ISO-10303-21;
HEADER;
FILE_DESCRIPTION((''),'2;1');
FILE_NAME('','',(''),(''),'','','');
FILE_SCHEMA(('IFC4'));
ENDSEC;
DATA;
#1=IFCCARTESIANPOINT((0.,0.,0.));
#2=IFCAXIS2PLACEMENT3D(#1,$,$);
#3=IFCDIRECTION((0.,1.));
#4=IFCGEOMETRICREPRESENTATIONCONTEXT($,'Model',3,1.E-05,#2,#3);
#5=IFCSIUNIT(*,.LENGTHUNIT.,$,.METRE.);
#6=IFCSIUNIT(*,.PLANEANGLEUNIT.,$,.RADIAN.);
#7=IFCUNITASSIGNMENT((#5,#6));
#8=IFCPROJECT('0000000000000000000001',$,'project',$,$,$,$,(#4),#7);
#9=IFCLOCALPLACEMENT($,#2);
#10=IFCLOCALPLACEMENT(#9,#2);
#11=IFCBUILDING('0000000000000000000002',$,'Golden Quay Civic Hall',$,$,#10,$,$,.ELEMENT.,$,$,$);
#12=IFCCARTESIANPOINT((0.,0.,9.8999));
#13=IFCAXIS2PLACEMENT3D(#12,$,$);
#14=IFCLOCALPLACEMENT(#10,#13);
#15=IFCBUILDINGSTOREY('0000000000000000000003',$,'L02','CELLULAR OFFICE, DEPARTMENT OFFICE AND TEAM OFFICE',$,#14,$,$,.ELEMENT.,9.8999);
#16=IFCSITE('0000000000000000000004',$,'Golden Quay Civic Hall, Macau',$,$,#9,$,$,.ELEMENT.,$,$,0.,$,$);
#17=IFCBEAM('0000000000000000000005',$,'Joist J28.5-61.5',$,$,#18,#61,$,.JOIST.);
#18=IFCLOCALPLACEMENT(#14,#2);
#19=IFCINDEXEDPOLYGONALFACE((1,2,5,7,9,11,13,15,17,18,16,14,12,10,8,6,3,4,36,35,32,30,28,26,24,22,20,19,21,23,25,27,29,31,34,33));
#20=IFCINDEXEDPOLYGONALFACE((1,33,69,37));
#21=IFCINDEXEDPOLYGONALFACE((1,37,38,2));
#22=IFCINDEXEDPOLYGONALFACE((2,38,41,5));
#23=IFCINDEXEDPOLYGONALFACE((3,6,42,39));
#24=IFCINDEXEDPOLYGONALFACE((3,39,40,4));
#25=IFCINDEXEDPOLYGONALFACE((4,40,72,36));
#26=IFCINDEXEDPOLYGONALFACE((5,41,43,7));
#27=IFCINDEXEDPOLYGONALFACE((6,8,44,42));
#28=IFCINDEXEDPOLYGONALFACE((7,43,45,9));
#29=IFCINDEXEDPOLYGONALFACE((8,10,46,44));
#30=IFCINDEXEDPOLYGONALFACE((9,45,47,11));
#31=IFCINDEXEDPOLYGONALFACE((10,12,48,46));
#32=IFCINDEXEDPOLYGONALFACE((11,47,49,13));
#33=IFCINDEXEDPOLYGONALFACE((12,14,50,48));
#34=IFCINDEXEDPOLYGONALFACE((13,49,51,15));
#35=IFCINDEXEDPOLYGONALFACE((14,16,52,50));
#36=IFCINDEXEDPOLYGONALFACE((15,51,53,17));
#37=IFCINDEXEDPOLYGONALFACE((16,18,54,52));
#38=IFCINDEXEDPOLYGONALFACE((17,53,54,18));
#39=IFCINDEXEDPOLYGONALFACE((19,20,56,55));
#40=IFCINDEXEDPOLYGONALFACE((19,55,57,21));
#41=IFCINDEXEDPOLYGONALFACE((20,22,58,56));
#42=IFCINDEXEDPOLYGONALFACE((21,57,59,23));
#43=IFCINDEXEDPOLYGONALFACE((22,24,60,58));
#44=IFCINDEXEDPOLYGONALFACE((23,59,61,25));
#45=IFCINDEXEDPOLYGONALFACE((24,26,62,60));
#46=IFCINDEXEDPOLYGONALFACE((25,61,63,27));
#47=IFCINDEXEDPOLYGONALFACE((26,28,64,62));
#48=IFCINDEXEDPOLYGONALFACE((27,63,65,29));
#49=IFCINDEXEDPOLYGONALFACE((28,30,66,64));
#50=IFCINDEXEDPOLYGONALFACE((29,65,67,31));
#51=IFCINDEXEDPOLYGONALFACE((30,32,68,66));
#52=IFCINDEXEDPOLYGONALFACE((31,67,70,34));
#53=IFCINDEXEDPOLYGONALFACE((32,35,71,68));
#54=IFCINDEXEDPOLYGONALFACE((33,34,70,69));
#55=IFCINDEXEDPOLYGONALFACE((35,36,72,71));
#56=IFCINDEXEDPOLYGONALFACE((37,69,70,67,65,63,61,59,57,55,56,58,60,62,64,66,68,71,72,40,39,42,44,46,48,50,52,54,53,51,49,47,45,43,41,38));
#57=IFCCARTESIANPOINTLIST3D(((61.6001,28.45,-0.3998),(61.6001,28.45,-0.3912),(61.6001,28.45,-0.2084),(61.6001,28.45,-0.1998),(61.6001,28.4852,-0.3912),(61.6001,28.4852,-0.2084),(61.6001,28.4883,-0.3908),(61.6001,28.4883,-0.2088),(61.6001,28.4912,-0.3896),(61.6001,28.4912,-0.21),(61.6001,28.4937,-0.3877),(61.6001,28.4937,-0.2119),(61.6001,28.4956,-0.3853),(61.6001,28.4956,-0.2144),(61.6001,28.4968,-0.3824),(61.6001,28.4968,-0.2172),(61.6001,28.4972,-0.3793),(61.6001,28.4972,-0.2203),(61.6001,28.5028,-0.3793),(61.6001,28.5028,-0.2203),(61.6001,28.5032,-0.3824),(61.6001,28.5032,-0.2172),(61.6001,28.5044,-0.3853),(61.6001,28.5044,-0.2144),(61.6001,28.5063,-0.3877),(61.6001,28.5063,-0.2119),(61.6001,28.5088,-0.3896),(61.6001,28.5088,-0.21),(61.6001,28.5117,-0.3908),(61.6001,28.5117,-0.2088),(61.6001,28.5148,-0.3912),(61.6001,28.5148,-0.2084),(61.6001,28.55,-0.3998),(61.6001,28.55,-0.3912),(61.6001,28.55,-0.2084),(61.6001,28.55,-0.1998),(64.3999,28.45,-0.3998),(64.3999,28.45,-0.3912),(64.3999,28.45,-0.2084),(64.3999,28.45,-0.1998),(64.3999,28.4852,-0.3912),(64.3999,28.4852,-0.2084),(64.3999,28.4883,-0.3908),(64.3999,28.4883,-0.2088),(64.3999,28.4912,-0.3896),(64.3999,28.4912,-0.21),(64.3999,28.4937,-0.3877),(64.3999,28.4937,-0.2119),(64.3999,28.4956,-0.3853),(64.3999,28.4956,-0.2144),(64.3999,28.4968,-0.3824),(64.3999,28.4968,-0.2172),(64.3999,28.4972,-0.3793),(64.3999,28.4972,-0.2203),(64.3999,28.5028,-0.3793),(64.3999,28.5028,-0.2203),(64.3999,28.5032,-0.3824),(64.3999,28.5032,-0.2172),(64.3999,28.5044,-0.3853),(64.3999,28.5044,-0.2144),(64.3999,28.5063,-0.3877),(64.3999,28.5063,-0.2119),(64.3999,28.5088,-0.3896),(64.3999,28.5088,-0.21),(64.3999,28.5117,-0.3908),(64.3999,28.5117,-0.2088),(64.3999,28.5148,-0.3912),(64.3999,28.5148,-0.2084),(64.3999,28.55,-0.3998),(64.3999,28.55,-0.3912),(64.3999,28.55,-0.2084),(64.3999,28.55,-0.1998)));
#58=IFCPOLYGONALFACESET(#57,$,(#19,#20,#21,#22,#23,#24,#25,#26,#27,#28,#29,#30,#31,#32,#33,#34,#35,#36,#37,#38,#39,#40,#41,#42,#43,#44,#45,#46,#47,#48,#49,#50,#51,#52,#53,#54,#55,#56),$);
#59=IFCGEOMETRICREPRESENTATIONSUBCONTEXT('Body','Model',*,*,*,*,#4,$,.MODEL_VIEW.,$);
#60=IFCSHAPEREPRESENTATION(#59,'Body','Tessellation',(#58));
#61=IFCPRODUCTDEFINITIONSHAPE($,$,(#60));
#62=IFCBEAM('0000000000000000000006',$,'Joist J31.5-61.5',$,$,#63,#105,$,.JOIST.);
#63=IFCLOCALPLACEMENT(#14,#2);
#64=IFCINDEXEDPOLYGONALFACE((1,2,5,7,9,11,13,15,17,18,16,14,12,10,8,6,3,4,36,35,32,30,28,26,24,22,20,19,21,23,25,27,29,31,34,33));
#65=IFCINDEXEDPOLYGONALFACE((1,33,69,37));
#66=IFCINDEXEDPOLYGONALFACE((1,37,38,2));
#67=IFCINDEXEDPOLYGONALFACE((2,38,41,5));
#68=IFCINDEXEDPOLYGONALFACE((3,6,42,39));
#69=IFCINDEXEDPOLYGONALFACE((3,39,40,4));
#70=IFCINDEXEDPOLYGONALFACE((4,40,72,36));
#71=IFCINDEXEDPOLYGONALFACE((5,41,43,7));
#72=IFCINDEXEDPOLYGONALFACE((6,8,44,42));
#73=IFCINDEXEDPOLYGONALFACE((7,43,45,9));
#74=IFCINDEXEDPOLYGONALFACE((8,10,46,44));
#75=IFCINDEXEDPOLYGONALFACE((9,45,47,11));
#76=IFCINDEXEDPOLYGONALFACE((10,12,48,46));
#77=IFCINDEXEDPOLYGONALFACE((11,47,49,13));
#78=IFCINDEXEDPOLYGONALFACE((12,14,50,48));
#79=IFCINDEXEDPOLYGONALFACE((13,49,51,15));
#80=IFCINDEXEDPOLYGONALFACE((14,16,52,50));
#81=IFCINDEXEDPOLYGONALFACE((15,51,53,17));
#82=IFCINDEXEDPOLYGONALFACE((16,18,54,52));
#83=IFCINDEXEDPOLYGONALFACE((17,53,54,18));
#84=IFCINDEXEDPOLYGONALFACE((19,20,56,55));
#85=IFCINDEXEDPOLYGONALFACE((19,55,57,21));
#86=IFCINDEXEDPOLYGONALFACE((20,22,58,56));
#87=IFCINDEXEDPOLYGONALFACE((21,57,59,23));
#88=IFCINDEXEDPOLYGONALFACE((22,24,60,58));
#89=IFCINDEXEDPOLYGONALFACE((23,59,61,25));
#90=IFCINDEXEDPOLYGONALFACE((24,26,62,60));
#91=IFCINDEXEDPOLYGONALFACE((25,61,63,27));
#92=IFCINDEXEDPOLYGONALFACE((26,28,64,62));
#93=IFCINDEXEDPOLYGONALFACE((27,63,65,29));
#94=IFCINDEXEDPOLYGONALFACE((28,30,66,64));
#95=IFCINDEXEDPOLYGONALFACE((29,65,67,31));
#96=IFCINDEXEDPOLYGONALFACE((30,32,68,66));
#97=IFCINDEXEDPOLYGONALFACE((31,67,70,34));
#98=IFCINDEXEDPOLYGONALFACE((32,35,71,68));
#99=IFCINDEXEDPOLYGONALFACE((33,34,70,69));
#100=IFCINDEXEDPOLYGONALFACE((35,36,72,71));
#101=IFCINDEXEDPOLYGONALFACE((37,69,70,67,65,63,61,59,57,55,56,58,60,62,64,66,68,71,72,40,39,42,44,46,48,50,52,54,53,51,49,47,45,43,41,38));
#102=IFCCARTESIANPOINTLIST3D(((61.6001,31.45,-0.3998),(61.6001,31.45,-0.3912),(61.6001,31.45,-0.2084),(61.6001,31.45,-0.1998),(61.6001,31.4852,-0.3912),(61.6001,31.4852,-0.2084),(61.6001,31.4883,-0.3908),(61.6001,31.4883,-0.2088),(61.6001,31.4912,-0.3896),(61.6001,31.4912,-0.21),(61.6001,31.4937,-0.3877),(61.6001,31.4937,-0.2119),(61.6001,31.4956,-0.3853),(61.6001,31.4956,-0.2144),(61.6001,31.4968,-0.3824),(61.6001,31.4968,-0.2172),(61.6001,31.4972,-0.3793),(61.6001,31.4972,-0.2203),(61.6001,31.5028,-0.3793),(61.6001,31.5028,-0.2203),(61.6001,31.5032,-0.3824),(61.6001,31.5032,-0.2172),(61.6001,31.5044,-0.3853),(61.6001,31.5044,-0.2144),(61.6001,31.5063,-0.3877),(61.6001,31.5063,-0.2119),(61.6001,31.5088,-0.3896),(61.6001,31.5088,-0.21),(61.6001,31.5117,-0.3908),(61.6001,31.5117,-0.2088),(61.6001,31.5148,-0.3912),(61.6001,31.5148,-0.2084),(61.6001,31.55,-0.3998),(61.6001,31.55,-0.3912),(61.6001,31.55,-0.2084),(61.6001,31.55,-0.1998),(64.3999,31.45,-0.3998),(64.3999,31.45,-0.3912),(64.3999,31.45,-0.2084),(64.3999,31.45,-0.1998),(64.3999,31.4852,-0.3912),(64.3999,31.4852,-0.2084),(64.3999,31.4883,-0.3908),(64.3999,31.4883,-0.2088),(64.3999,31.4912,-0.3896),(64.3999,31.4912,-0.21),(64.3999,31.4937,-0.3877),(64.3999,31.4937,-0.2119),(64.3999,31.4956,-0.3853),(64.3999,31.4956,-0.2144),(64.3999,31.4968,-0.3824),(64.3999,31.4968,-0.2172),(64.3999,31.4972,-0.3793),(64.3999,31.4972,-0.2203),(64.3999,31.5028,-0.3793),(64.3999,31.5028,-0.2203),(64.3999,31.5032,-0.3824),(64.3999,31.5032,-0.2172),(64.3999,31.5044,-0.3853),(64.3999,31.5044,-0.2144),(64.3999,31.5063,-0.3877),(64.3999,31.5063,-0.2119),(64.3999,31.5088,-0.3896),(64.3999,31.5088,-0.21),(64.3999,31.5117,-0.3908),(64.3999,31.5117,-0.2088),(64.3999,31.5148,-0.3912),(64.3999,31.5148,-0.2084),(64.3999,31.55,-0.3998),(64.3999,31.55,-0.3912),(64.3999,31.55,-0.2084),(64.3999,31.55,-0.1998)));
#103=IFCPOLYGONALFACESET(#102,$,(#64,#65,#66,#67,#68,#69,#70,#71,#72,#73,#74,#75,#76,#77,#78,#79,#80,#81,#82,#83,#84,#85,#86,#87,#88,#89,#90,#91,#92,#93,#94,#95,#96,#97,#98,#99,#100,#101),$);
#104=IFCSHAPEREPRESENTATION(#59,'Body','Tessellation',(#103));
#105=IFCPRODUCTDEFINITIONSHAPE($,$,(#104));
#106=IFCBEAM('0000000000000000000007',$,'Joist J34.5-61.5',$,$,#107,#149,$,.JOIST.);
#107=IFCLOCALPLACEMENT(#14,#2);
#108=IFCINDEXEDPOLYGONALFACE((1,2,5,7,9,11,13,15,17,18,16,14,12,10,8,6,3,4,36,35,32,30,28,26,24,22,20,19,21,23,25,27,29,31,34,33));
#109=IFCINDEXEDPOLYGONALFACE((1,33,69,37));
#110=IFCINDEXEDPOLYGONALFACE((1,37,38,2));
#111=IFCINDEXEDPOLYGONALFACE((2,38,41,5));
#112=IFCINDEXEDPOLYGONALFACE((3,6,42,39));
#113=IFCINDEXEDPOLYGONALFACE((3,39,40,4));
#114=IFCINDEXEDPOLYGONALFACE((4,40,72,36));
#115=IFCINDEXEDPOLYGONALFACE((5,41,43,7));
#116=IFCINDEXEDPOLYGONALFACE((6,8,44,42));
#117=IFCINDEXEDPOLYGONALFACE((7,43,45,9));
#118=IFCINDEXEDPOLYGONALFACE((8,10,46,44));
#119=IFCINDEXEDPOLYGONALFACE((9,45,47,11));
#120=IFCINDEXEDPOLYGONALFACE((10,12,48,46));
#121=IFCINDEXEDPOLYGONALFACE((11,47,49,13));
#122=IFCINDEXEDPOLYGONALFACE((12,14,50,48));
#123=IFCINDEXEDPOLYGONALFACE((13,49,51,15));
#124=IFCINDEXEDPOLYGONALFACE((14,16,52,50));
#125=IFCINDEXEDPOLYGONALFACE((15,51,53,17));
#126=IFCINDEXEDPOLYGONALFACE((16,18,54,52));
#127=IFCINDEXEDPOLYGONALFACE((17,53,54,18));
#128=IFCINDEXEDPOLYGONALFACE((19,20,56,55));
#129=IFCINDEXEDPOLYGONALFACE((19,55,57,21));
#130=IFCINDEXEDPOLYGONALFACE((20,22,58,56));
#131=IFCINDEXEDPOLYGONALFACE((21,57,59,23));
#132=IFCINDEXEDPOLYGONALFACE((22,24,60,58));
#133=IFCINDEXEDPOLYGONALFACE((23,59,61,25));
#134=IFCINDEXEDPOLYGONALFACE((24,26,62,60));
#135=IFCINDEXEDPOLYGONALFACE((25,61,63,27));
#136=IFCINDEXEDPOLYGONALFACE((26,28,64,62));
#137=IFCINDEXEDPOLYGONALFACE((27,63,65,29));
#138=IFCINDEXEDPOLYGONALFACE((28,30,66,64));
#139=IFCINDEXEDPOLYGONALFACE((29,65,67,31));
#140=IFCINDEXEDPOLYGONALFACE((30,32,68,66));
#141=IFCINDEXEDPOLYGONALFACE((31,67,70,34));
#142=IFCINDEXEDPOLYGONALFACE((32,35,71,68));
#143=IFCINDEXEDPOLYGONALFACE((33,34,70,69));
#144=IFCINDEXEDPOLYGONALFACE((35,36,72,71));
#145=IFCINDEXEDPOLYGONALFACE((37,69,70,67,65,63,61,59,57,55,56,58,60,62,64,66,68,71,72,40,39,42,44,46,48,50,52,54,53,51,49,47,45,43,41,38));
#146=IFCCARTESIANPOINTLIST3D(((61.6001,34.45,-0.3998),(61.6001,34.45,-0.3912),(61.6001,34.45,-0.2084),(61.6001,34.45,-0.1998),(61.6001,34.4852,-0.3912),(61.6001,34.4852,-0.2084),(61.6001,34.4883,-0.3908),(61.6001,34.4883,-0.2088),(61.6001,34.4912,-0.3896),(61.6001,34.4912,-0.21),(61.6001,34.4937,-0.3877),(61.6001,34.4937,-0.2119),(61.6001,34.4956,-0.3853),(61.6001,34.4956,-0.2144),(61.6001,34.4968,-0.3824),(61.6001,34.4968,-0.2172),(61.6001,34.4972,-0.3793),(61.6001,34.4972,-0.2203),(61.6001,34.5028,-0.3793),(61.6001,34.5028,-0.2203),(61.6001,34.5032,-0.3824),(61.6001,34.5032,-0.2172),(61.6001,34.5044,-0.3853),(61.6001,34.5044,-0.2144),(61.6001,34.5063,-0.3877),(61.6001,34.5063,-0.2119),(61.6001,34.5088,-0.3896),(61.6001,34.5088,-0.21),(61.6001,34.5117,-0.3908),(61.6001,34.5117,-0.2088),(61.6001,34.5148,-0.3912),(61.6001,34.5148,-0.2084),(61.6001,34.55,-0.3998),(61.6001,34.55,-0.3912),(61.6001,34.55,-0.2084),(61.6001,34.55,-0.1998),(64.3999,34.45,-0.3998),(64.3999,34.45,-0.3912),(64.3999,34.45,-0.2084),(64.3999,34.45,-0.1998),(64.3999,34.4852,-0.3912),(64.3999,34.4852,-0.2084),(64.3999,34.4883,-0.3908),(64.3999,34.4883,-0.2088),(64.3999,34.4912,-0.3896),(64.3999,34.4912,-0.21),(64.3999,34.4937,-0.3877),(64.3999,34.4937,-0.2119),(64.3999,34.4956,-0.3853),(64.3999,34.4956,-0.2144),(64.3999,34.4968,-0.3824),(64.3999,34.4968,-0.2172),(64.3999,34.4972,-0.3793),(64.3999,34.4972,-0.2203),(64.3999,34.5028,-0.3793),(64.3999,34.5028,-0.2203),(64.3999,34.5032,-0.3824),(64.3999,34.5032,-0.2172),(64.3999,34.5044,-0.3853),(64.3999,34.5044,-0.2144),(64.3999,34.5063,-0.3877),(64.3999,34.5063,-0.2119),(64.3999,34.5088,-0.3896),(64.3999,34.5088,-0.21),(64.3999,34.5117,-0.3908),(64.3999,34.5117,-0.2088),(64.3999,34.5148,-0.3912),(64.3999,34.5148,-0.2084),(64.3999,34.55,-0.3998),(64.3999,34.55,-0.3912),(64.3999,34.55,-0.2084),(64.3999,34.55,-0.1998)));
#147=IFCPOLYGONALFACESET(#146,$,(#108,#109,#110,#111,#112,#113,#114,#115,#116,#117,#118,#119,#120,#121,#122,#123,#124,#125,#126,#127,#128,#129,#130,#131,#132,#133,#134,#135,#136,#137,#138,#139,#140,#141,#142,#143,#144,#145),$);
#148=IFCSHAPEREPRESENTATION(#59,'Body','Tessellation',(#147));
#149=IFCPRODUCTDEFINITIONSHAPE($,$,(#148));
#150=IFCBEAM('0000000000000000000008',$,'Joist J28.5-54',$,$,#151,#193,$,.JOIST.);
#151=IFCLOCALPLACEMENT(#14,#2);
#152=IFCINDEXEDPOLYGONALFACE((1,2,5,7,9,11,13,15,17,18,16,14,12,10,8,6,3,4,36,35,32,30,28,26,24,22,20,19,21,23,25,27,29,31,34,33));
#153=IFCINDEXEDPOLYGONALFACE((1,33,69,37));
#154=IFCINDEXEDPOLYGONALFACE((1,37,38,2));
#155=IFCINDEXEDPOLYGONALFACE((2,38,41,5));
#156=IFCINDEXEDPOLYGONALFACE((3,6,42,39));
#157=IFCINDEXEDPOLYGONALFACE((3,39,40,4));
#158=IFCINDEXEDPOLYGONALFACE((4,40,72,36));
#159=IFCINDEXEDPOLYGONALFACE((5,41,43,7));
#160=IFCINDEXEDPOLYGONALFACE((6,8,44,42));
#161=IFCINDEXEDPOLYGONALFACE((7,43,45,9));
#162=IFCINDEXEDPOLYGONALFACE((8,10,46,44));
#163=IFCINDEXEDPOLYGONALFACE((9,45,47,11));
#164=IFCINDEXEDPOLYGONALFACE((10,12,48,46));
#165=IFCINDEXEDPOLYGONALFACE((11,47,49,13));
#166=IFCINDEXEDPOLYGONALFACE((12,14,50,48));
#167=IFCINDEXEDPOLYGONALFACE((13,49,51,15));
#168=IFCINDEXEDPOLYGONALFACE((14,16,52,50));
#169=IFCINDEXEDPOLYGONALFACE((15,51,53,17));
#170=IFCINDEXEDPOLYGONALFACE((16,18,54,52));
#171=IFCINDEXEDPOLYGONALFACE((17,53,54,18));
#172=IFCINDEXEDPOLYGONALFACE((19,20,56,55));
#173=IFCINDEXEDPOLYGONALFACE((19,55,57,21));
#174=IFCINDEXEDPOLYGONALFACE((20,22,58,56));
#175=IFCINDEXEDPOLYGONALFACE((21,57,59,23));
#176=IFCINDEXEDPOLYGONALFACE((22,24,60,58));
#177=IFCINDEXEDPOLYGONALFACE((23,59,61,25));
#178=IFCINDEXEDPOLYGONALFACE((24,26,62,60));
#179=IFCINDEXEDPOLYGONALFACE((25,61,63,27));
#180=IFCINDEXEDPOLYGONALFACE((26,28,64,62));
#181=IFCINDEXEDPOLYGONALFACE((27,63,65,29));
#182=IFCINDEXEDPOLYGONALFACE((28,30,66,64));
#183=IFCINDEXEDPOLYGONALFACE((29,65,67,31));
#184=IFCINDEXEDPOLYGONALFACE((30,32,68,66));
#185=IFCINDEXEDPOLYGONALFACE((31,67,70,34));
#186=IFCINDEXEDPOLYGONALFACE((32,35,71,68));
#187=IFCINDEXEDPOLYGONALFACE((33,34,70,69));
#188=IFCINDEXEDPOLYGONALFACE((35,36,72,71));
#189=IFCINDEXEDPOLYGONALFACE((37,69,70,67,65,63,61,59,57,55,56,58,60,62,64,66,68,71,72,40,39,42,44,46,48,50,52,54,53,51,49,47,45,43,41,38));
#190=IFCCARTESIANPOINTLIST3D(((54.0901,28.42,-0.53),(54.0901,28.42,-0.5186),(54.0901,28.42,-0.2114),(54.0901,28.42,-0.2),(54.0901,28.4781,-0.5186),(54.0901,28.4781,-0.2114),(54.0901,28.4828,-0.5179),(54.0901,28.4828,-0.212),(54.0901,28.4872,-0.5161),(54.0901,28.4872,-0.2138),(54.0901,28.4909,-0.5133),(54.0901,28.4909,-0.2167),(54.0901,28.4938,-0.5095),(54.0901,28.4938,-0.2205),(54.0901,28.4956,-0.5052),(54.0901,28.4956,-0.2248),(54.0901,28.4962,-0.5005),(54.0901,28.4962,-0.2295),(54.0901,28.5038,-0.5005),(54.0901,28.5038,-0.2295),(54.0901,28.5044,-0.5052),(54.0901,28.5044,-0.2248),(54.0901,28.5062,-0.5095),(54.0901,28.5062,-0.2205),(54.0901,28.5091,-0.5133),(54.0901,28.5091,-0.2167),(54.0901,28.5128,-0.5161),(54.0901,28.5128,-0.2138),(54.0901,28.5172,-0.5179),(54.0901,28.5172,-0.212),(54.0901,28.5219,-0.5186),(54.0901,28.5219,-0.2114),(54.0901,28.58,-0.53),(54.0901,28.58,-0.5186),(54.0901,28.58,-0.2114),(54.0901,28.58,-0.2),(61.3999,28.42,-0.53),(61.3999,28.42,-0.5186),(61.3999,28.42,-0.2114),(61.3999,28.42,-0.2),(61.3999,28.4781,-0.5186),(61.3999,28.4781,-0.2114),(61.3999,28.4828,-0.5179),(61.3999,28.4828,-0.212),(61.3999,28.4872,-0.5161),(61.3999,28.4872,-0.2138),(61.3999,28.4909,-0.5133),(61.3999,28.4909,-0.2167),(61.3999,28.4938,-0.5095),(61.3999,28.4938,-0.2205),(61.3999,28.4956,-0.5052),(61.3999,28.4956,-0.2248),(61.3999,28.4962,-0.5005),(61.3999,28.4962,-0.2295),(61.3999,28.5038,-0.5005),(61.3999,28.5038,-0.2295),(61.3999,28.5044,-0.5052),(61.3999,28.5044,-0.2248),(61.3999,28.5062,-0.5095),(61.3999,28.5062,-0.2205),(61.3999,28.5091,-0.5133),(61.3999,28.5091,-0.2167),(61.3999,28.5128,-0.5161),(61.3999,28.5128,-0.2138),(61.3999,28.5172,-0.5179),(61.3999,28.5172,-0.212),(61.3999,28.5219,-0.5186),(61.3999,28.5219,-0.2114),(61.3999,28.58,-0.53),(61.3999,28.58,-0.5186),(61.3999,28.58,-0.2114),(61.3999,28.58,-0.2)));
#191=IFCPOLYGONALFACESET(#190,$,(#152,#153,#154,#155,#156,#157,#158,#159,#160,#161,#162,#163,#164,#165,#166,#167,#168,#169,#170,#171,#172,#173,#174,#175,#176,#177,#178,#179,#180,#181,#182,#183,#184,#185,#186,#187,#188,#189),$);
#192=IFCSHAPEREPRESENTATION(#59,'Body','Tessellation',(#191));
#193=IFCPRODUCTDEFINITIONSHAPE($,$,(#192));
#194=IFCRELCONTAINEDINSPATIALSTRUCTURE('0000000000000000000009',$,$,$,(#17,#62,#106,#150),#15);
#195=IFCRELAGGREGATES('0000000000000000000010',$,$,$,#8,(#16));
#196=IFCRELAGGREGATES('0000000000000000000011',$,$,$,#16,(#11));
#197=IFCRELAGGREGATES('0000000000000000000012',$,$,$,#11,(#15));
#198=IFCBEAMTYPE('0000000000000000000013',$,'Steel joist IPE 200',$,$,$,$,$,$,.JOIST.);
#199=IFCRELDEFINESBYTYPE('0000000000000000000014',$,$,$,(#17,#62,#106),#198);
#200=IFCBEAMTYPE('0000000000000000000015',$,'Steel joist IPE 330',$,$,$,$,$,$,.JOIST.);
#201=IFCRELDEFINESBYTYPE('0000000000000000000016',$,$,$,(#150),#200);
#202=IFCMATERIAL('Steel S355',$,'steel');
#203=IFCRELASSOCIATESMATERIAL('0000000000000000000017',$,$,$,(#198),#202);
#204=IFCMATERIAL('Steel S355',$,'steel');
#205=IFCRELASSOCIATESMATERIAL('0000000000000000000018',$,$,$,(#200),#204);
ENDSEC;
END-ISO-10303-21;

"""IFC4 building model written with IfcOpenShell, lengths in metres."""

from ifc_helpers import new_model, si_unit, direction, frame, origin, origin_2d, place, context, subcontext, project, spatial, i_section, extrude, material, material_profile, profile_set, type_object, element, save


model = new_model("IFC4")

# Units and contexts
model_context = context("Model", 3, precision=1e-05, world=origin(), true_north=direction((0.0, 1.0)))
body_context = subcontext(model_context, "Body", "Model", "MODEL_VIEW")
ifc_project = project(units=[si_unit("LENGTHUNIT", "METRE"), si_unit("PLANEANGLEUNIT", "RADIAN")], contexts=[model_context])

# Site, building, storey
site_placement = place(None, origin())
site = spatial("IfcSite", under=ifc_project, at=site_placement, Name="Golden Quay Civic Hall, Macau", CompositionType="ELEMENT", RefElevation=0.0)
building_placement = place(site_placement, origin())
building = spatial("IfcBuilding", under=site, at=building_placement, Name="Golden Quay Civic Hall", CompositionType="ELEMENT")
storey_placement = place(building_placement, frame((0.0, 0.0, 9.8999)))
storey = spatial("IfcBuildingStorey", under=building, at=storey_placement, Name="L02", Description="CELLULAR OFFICE, DEPARTMENT OFFICE AND TEAM OFFICE", CompositionType="ELEMENT", Elevation=9.8999)

# Beams
ifc_material_1 = material(Name="Steel S355", Category="steel")
ifc_material_profile_1 = material_profile(ifc_material_1, i_section(OverallWidth=0.1001, OverallDepth=0.2, WebThickness=0.0056, FlangeThickness=0.0085, FilletRadius=0.012, at=origin_2d()), Name="IPE 200")
ifc_profile_set_1 = profile_set([ifc_material_profile_1], Name="Steel S355")
beam_type_1 = type_object("IfcBeamType", Name="Steel joist IPE 200", PredefinedType="JOIST", material=ifc_profile_set_1)
for number, where, z_axis, x_axis, name in (
    (1, (61.6001, 28.5, -0.2998), (1.0, 0.0, 0.0), (0.0, 1.0, 0.0), "Joist J28.5-61.5"),
    (2, (61.6001, 31.5, -0.2998), (1.0, 0.0, 0.0), (0.0, 1.0, 0.0), "Joist J31.5-61.5"),
    (3, (61.6001, 34.5, -0.2998), (1.0, 0.0, 0.0), (0.0, 1.0, 0.0), "Joist J34.5-61.5"),
):
    element("IfcBeam", number, at=place(storey_placement, frame(where, z_axis=z_axis, x_axis=x_axis)), inside=storey, type_object=beam_type_1, Name=name, PredefinedType="JOIST", context=body_context, shape_type="SweptSolid", body=[
        extrude(i_section(OverallWidth=0.1001, OverallDepth=0.2, WebThickness=0.0056, FlangeThickness=0.0085, FilletRadius=0.012, at=origin_2d()), origin(), (0.0, 0.0, 1.0), 2.7998),
    ])
ifc_material_2 = material(Name="Steel S355", Category="steel")
ifc_material_profile_2 = material_profile(ifc_material_2, i_section(OverallWidth=0.1599, OverallDepth=0.3301, WebThickness=0.0076, FlangeThickness=0.0115, FilletRadius=0.0181, at=origin_2d()), Name="IPE 330")
ifc_profile_set_2 = profile_set([ifc_material_profile_2], Name="Steel S355")
beam_type_2 = type_object("IfcBeamType", Name="Steel joist IPE 330", PredefinedType="JOIST", material=ifc_profile_set_2)
for number, where, z_axis, x_axis, name in (
    (4, (54.0901, 28.5, -0.365), (1.0, 0.0, 0.0), (0.0, 1.0, 0.0), "Joist J28.5-54"),
):
    element("IfcBeam", number, at=place(storey_placement, frame(where, z_axis=z_axis, x_axis=x_axis)), inside=storey, type_object=beam_type_2, Name=name, PredefinedType="JOIST", context=body_context, shape_type="SweptSolid", body=[
        extrude(i_section(OverallWidth=0.1599, OverallDepth=0.3301, WebThickness=0.0076, FlangeThickness=0.0115, FilletRadius=0.0181, at=origin_2d()), origin(), (0.0, 0.0, 1.0), 7.3098),
    ])

save(model, "model.ifc")
